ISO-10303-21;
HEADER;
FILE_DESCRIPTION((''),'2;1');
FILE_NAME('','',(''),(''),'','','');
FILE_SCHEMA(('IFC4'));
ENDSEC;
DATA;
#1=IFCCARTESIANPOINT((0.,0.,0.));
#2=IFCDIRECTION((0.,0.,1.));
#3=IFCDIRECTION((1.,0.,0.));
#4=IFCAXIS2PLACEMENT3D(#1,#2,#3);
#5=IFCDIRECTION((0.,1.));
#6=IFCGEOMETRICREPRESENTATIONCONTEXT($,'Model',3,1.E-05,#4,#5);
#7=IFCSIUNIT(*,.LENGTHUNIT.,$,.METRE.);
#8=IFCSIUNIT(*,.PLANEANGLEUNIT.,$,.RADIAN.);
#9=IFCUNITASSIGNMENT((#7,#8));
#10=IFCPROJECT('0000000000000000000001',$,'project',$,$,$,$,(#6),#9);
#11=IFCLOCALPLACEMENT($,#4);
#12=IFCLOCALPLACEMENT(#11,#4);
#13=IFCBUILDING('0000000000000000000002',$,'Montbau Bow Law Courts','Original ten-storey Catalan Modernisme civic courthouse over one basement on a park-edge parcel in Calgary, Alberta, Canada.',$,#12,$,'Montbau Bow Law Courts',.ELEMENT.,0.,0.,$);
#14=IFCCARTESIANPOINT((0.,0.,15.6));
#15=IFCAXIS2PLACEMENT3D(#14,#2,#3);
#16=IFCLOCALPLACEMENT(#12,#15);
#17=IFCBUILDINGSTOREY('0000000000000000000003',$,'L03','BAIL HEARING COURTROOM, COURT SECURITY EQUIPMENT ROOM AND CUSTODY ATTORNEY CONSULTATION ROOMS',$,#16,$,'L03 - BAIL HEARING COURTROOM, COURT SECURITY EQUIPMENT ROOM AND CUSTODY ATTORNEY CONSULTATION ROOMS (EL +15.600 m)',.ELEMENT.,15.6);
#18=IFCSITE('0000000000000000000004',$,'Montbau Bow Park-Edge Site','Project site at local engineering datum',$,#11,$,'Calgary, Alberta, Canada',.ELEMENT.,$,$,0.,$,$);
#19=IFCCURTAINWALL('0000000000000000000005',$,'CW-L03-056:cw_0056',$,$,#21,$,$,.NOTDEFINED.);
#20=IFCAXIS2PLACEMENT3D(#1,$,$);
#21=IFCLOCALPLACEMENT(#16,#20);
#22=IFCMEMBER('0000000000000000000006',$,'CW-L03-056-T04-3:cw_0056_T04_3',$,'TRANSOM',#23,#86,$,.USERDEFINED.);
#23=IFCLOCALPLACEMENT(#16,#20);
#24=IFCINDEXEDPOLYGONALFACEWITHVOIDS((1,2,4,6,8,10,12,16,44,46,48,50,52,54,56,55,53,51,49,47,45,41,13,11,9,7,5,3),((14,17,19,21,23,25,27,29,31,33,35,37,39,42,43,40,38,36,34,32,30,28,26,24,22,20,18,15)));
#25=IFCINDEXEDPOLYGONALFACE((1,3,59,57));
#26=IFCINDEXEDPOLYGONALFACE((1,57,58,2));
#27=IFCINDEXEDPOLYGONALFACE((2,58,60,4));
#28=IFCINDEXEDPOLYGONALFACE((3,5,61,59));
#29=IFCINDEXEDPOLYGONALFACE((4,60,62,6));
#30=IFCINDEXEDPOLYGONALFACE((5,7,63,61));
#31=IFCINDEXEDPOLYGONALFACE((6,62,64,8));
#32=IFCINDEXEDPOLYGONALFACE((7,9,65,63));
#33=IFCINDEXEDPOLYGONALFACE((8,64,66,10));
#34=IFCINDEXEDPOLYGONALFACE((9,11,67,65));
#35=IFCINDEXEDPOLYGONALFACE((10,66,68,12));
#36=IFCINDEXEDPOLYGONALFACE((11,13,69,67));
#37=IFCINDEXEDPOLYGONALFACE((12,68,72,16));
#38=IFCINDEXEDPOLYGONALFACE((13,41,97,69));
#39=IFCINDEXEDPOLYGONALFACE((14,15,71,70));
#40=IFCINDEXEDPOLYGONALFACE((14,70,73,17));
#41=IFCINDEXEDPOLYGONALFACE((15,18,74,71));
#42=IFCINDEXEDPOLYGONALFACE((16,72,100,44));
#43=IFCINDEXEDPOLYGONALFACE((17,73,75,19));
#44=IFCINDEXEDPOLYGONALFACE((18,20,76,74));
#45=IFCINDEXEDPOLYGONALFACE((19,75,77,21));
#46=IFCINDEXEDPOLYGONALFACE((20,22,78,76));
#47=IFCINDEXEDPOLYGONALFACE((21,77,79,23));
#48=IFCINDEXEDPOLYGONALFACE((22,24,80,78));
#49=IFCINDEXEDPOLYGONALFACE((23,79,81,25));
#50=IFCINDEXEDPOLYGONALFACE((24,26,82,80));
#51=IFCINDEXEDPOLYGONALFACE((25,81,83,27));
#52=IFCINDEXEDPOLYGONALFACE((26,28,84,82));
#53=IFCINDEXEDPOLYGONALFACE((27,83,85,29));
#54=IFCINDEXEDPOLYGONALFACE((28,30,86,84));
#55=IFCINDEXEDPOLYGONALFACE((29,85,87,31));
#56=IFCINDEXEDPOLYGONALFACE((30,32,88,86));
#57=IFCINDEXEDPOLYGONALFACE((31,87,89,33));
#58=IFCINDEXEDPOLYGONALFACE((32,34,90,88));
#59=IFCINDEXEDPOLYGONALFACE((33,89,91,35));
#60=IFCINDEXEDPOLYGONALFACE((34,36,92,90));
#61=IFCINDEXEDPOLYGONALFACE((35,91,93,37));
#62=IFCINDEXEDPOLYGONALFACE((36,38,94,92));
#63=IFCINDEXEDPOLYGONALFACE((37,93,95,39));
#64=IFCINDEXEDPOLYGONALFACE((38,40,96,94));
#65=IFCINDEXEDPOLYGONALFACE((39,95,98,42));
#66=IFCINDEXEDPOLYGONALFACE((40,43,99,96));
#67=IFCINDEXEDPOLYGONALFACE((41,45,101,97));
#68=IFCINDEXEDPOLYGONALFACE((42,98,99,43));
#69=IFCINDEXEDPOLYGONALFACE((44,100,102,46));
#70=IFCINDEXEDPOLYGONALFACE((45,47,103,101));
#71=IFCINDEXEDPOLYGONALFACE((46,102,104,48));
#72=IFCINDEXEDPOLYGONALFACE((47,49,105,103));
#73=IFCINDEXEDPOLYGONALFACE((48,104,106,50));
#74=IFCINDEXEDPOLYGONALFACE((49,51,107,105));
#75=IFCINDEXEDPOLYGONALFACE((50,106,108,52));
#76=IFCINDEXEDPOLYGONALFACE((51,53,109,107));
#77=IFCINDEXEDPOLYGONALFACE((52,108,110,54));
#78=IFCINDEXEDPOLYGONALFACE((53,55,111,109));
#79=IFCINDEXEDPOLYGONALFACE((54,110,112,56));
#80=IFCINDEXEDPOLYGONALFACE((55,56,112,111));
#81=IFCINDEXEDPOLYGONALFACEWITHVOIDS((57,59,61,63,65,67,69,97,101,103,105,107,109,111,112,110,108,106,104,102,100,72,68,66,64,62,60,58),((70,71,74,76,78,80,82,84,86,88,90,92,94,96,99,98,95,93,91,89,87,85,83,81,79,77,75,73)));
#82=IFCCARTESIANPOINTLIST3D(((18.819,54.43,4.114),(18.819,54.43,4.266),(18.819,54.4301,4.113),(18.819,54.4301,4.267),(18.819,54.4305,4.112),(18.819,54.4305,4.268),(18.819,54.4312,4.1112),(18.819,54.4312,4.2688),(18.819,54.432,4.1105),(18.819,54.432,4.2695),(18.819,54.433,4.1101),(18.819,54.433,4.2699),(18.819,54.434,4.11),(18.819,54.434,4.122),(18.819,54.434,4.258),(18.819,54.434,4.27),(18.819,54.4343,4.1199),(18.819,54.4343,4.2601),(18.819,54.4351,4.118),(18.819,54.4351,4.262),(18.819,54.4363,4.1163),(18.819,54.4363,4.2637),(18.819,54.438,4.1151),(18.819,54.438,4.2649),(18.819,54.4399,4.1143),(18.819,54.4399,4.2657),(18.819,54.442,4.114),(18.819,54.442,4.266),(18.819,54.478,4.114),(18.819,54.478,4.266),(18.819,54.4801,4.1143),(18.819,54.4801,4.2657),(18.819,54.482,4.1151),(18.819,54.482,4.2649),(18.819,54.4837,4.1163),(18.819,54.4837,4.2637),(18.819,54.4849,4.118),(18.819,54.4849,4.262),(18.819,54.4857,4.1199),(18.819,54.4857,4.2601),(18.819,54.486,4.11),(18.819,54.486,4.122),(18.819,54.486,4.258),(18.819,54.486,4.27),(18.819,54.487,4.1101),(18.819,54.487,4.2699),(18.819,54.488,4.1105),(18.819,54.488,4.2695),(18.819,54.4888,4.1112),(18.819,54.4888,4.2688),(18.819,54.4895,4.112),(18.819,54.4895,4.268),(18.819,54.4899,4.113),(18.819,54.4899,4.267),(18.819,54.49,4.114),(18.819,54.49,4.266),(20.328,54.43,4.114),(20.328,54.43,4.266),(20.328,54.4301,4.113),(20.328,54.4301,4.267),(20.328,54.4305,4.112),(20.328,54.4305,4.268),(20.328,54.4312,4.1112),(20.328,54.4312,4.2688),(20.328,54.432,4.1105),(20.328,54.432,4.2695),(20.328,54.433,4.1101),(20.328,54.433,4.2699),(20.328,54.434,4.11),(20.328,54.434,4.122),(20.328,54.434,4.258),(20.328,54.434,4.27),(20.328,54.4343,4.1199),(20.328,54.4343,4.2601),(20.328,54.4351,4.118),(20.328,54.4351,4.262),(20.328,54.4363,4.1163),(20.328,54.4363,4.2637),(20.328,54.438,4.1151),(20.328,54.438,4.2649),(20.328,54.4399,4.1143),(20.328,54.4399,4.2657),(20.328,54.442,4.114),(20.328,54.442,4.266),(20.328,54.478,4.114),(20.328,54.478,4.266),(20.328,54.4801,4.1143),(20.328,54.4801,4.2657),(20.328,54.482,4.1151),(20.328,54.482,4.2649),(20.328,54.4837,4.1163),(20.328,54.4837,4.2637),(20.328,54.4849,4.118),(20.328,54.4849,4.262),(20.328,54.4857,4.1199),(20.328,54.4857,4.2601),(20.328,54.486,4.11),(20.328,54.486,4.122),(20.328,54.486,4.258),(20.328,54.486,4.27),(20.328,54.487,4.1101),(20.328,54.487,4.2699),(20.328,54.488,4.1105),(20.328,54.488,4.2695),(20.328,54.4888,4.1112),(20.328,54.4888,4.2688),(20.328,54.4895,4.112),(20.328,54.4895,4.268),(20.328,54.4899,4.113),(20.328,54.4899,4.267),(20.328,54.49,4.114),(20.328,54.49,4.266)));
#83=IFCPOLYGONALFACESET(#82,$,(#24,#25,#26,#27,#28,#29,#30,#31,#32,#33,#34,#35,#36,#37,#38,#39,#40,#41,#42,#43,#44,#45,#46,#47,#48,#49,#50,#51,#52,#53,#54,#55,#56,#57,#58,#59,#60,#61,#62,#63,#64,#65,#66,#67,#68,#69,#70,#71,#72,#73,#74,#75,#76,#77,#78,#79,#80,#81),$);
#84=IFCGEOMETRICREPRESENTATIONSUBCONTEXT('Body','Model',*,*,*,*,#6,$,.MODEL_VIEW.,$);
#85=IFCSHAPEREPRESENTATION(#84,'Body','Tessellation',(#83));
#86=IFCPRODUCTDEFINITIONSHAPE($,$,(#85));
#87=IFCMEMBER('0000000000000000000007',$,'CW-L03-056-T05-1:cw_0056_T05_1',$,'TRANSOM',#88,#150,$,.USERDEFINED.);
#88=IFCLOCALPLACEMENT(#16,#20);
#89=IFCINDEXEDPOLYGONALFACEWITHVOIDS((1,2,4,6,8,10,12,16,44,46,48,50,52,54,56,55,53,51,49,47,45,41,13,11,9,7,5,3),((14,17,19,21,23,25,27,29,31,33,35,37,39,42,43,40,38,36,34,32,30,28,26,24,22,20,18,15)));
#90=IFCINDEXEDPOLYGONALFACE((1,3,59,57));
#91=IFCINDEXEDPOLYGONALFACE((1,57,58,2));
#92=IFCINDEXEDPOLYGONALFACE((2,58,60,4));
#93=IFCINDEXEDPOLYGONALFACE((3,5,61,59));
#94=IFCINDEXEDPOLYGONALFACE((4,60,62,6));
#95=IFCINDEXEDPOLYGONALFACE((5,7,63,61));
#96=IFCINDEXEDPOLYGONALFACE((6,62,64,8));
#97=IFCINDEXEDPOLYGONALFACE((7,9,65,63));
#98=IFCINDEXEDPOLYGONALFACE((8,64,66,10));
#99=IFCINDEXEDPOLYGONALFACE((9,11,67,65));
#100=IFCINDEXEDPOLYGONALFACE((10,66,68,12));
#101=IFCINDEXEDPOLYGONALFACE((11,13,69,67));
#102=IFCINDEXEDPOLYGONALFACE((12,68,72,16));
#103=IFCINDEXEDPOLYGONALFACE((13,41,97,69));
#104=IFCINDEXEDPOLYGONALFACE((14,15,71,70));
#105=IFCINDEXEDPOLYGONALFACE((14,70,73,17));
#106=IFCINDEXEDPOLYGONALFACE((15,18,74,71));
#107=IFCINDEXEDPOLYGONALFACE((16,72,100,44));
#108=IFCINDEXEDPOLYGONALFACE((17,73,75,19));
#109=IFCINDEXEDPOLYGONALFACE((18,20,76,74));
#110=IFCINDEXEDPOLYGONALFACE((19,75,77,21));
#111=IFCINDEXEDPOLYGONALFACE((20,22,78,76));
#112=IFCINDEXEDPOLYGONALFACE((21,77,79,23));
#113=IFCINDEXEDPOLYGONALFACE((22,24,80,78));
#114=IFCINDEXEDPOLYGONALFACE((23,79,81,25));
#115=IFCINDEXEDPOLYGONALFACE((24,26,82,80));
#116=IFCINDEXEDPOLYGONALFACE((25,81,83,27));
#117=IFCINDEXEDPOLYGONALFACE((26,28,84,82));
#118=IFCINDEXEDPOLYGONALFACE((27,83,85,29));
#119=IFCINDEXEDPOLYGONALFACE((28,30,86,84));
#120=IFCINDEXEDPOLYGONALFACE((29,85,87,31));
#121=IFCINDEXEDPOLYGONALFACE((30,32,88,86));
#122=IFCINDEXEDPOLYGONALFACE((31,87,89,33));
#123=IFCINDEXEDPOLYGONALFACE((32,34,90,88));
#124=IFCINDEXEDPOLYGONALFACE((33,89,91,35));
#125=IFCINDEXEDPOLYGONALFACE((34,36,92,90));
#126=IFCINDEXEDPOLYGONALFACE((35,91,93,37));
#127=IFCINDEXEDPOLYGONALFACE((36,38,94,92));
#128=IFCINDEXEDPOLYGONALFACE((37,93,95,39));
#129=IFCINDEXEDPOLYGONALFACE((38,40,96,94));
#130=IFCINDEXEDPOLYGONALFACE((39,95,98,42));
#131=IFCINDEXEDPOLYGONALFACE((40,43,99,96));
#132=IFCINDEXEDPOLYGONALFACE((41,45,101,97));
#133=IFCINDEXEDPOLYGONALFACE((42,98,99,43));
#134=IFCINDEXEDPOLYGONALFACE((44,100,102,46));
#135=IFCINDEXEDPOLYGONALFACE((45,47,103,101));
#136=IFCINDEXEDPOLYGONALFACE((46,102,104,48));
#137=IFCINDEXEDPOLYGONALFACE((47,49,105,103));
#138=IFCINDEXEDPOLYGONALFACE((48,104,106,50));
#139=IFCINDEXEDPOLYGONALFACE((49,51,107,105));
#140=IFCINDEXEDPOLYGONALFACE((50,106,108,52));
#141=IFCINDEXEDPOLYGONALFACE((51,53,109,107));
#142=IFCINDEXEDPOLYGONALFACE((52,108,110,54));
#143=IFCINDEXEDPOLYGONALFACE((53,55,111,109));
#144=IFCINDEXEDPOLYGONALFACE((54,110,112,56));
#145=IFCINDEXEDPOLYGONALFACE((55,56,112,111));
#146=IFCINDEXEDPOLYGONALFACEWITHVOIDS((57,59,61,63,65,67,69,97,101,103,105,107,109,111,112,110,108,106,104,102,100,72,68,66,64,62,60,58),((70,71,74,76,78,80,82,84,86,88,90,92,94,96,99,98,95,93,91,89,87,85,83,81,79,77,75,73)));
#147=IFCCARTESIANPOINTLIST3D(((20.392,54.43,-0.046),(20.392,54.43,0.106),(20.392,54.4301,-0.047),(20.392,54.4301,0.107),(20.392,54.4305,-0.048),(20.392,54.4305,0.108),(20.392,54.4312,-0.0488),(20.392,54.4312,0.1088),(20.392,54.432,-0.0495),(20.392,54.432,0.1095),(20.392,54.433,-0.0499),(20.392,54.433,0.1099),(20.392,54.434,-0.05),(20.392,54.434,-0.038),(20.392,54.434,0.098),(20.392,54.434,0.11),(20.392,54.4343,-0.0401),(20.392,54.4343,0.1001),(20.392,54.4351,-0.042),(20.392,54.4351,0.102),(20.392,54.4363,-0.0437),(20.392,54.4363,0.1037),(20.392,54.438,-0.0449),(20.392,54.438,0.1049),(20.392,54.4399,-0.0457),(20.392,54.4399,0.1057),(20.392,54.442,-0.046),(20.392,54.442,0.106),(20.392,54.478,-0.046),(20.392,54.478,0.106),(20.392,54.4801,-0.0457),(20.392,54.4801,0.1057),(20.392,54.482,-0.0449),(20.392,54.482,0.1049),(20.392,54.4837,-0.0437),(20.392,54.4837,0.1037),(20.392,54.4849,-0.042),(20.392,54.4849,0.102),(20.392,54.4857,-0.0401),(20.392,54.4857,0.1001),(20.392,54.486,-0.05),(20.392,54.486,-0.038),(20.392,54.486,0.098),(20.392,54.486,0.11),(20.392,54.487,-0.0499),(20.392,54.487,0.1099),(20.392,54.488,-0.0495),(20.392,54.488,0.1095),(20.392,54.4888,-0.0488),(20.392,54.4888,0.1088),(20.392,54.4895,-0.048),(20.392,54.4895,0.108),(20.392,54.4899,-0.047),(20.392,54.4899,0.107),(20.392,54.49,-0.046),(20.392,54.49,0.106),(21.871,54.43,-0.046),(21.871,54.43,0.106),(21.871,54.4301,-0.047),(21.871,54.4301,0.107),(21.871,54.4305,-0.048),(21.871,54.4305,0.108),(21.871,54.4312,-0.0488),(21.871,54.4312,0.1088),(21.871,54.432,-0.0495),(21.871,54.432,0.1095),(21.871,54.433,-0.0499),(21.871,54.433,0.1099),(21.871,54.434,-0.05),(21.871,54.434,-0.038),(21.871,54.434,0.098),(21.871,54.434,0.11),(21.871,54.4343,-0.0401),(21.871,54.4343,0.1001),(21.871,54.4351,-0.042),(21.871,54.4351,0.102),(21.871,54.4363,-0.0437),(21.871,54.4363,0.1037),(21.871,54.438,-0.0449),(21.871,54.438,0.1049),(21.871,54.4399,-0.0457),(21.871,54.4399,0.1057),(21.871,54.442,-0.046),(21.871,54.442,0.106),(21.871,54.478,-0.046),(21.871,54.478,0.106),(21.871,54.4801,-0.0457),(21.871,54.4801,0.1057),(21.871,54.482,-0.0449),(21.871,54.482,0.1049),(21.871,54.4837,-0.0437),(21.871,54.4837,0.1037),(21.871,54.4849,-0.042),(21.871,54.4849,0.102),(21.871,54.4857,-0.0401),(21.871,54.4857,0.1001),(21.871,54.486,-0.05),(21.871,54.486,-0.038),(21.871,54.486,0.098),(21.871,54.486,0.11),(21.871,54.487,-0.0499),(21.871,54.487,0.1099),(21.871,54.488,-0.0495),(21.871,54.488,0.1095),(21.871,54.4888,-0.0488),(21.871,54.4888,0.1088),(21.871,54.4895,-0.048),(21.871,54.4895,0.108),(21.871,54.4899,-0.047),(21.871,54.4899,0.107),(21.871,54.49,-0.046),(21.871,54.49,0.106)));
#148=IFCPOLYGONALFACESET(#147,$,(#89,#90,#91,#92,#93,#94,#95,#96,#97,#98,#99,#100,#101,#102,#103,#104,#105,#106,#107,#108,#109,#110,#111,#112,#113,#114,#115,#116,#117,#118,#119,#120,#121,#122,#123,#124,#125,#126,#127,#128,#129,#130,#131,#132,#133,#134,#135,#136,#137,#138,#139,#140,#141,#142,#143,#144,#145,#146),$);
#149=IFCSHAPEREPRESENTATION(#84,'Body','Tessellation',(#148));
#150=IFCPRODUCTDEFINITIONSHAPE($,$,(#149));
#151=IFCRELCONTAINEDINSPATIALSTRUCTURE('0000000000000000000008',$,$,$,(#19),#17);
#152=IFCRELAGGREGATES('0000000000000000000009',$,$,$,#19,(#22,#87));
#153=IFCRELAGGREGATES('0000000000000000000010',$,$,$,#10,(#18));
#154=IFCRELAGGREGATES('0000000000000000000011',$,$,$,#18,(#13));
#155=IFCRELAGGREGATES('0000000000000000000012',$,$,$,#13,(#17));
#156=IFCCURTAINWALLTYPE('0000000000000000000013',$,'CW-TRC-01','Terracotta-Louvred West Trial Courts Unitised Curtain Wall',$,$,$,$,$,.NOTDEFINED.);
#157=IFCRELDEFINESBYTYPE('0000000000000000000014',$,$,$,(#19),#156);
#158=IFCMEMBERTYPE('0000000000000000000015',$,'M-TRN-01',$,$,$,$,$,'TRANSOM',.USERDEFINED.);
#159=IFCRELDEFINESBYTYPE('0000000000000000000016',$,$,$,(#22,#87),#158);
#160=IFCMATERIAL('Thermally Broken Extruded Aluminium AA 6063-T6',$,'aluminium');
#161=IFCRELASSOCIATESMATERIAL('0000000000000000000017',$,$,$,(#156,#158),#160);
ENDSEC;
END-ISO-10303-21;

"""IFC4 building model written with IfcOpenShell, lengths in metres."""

from ifc_helpers import new_model, si_unit, direction, frame, origin_with_axes, origin_2d_with_axis, place, context, subcontext, project, spatial, hollow_rectangle, extrude, material, material_profile, profile_set, type_object, element, aggregate, save


model = new_model("IFC4")

# Units and contexts
model_context = context("Model", 3, precision=1e-05, world=origin_with_axes(), true_north=direction((0.0, 1.0)))
body_context = subcontext(model_context, "Body", "Model", "MODEL_VIEW")
ifc_project = project(units=[si_unit("LENGTHUNIT", "METRE"), si_unit("PLANEANGLEUNIT", "RADIAN")], contexts=[model_context])

# Site, building, storey
site_placement = place(None, origin_with_axes())
site = spatial("IfcSite", under=ifc_project, at=site_placement, Name="Montbau Bow Park-Edge Site", Description="Project site at local engineering datum", LongName="Calgary, Alberta, Canada", CompositionType="ELEMENT", RefElevation=0.0)
building_placement = place(site_placement, origin_with_axes())
building = spatial("IfcBuilding", under=site, at=building_placement, Name="Montbau Bow Law Courts", Description="Original ten-storey Catalan Modernisme civic courthouse over one basement on a park-edge parcel in Calgary, Alberta, Canada.", LongName="Montbau Bow Law Courts", CompositionType="ELEMENT", ElevationOfRefHeight=0.0, ElevationOfTerrain=0.0)
storey_placement = place(building_placement, frame((0.0, 0.0, 15.6), z_axis=(0.0, 0.0, 1.0), x_axis=(1.0, 0.0, 0.0)))
storey = spatial("IfcBuildingStorey", under=building, at=storey_placement, Name="L03", Description="BAIL HEARING COURTROOM, COURT SECURITY EQUIPMENT ROOM AND CUSTODY ATTORNEY CONSULTATION ROOMS", LongName="L03 - BAIL HEARING COURTROOM, COURT SECURITY EQUIPMENT ROOM AND CUSTODY ATTORNEY CONSULTATION ROOMS (EL +15.600 m)", CompositionType="ELEMENT", Elevation=15.6)

# Curtain wall, members
ifc_material_1 = material(Name="Thermally Broken Extruded Aluminium AA 6063-T6", Category="aluminium")
curtain_wall_type = type_object("IfcCurtainWallType", Name="CW-TRC-01", Description="Terracotta-Louvred West Trial Courts Unitised Curtain Wall", PredefinedType="NOTDEFINED", material=ifc_material_1)
curtain_wall_1_placement = place(None, frame((14.068, 54.46, 15.6), z_axis=(0.0, 0.0, 1.0), x_axis=(1.0, 0.0, 0.0)))
curtain_wall_1 = element("IfcCurtainWall", 1, at=curtain_wall_1_placement, inside=storey, type_object=curtain_wall_type, Name="CW-L03-056:cw_0056", PredefinedType="NOTDEFINED")
ifc_material_profile_1 = material_profile(ifc_material_1, hollow_rectangle(XDim=0.06, YDim=0.16, WallThickness=0.004, InnerFilletRadius=0.008, OuterFilletRadius=0.004, at=origin_2d_with_axis()), Name="CWT-160X60", Category="Main", Priority=0)
ifc_profile_set_1 = profile_set([ifc_material_profile_1], Name="Thermally Broken Extruded Aluminium AA 6063-T6")
member_type_1 = type_object("IfcMemberType", Name="M-TRN-01", ElementType="TRANSOM", PredefinedType="USERDEFINED", material=ifc_profile_set_1)
member_1_placement = place(None, frame((18.819, 54.46, 19.79), z_axis=(1.0, 0.0, 0.0), x_axis=(0.0, 1.0, 0.0)))
member_1 = element("IfcMember", 2, at=member_1_placement, type_object=member_type_1, Name="CW-L03-056-T04-3:cw_0056_T04_3", ObjectType="TRANSOM", PredefinedType="USERDEFINED", context=body_context, shape_type="SweptSolid", body=[
    extrude(hollow_rectangle(XDim=0.06, YDim=0.16, WallThickness=0.004, InnerFilletRadius=0.008, OuterFilletRadius=0.004, at=origin_2d_with_axis()), origin_with_axes(), (0.0, 0.0, 1.0), 1.509),
])
member_2_placement = place(None, frame((20.392, 54.46, 15.63), z_axis=(1.0, 0.0, 0.0), x_axis=(0.0, 1.0, 0.0)))
member_2 = element("IfcMember", 3, at=member_2_placement, type_object=member_type_1, Name="CW-L03-056-T05-1:cw_0056_T05_1", ObjectType="TRANSOM", PredefinedType="USERDEFINED", context=body_context, shape_type="SweptSolid", body=[
    extrude(hollow_rectangle(XDim=0.06, YDim=0.16, WallThickness=0.004, InnerFilletRadius=0.008, OuterFilletRadius=0.004, at=origin_2d_with_axis()), origin_with_axes(), (0.0, 0.0, 1.0), 1.479),
])

aggregate(curtain_wall_1, [member_1, member_2])

save(model, "model.ifc")
